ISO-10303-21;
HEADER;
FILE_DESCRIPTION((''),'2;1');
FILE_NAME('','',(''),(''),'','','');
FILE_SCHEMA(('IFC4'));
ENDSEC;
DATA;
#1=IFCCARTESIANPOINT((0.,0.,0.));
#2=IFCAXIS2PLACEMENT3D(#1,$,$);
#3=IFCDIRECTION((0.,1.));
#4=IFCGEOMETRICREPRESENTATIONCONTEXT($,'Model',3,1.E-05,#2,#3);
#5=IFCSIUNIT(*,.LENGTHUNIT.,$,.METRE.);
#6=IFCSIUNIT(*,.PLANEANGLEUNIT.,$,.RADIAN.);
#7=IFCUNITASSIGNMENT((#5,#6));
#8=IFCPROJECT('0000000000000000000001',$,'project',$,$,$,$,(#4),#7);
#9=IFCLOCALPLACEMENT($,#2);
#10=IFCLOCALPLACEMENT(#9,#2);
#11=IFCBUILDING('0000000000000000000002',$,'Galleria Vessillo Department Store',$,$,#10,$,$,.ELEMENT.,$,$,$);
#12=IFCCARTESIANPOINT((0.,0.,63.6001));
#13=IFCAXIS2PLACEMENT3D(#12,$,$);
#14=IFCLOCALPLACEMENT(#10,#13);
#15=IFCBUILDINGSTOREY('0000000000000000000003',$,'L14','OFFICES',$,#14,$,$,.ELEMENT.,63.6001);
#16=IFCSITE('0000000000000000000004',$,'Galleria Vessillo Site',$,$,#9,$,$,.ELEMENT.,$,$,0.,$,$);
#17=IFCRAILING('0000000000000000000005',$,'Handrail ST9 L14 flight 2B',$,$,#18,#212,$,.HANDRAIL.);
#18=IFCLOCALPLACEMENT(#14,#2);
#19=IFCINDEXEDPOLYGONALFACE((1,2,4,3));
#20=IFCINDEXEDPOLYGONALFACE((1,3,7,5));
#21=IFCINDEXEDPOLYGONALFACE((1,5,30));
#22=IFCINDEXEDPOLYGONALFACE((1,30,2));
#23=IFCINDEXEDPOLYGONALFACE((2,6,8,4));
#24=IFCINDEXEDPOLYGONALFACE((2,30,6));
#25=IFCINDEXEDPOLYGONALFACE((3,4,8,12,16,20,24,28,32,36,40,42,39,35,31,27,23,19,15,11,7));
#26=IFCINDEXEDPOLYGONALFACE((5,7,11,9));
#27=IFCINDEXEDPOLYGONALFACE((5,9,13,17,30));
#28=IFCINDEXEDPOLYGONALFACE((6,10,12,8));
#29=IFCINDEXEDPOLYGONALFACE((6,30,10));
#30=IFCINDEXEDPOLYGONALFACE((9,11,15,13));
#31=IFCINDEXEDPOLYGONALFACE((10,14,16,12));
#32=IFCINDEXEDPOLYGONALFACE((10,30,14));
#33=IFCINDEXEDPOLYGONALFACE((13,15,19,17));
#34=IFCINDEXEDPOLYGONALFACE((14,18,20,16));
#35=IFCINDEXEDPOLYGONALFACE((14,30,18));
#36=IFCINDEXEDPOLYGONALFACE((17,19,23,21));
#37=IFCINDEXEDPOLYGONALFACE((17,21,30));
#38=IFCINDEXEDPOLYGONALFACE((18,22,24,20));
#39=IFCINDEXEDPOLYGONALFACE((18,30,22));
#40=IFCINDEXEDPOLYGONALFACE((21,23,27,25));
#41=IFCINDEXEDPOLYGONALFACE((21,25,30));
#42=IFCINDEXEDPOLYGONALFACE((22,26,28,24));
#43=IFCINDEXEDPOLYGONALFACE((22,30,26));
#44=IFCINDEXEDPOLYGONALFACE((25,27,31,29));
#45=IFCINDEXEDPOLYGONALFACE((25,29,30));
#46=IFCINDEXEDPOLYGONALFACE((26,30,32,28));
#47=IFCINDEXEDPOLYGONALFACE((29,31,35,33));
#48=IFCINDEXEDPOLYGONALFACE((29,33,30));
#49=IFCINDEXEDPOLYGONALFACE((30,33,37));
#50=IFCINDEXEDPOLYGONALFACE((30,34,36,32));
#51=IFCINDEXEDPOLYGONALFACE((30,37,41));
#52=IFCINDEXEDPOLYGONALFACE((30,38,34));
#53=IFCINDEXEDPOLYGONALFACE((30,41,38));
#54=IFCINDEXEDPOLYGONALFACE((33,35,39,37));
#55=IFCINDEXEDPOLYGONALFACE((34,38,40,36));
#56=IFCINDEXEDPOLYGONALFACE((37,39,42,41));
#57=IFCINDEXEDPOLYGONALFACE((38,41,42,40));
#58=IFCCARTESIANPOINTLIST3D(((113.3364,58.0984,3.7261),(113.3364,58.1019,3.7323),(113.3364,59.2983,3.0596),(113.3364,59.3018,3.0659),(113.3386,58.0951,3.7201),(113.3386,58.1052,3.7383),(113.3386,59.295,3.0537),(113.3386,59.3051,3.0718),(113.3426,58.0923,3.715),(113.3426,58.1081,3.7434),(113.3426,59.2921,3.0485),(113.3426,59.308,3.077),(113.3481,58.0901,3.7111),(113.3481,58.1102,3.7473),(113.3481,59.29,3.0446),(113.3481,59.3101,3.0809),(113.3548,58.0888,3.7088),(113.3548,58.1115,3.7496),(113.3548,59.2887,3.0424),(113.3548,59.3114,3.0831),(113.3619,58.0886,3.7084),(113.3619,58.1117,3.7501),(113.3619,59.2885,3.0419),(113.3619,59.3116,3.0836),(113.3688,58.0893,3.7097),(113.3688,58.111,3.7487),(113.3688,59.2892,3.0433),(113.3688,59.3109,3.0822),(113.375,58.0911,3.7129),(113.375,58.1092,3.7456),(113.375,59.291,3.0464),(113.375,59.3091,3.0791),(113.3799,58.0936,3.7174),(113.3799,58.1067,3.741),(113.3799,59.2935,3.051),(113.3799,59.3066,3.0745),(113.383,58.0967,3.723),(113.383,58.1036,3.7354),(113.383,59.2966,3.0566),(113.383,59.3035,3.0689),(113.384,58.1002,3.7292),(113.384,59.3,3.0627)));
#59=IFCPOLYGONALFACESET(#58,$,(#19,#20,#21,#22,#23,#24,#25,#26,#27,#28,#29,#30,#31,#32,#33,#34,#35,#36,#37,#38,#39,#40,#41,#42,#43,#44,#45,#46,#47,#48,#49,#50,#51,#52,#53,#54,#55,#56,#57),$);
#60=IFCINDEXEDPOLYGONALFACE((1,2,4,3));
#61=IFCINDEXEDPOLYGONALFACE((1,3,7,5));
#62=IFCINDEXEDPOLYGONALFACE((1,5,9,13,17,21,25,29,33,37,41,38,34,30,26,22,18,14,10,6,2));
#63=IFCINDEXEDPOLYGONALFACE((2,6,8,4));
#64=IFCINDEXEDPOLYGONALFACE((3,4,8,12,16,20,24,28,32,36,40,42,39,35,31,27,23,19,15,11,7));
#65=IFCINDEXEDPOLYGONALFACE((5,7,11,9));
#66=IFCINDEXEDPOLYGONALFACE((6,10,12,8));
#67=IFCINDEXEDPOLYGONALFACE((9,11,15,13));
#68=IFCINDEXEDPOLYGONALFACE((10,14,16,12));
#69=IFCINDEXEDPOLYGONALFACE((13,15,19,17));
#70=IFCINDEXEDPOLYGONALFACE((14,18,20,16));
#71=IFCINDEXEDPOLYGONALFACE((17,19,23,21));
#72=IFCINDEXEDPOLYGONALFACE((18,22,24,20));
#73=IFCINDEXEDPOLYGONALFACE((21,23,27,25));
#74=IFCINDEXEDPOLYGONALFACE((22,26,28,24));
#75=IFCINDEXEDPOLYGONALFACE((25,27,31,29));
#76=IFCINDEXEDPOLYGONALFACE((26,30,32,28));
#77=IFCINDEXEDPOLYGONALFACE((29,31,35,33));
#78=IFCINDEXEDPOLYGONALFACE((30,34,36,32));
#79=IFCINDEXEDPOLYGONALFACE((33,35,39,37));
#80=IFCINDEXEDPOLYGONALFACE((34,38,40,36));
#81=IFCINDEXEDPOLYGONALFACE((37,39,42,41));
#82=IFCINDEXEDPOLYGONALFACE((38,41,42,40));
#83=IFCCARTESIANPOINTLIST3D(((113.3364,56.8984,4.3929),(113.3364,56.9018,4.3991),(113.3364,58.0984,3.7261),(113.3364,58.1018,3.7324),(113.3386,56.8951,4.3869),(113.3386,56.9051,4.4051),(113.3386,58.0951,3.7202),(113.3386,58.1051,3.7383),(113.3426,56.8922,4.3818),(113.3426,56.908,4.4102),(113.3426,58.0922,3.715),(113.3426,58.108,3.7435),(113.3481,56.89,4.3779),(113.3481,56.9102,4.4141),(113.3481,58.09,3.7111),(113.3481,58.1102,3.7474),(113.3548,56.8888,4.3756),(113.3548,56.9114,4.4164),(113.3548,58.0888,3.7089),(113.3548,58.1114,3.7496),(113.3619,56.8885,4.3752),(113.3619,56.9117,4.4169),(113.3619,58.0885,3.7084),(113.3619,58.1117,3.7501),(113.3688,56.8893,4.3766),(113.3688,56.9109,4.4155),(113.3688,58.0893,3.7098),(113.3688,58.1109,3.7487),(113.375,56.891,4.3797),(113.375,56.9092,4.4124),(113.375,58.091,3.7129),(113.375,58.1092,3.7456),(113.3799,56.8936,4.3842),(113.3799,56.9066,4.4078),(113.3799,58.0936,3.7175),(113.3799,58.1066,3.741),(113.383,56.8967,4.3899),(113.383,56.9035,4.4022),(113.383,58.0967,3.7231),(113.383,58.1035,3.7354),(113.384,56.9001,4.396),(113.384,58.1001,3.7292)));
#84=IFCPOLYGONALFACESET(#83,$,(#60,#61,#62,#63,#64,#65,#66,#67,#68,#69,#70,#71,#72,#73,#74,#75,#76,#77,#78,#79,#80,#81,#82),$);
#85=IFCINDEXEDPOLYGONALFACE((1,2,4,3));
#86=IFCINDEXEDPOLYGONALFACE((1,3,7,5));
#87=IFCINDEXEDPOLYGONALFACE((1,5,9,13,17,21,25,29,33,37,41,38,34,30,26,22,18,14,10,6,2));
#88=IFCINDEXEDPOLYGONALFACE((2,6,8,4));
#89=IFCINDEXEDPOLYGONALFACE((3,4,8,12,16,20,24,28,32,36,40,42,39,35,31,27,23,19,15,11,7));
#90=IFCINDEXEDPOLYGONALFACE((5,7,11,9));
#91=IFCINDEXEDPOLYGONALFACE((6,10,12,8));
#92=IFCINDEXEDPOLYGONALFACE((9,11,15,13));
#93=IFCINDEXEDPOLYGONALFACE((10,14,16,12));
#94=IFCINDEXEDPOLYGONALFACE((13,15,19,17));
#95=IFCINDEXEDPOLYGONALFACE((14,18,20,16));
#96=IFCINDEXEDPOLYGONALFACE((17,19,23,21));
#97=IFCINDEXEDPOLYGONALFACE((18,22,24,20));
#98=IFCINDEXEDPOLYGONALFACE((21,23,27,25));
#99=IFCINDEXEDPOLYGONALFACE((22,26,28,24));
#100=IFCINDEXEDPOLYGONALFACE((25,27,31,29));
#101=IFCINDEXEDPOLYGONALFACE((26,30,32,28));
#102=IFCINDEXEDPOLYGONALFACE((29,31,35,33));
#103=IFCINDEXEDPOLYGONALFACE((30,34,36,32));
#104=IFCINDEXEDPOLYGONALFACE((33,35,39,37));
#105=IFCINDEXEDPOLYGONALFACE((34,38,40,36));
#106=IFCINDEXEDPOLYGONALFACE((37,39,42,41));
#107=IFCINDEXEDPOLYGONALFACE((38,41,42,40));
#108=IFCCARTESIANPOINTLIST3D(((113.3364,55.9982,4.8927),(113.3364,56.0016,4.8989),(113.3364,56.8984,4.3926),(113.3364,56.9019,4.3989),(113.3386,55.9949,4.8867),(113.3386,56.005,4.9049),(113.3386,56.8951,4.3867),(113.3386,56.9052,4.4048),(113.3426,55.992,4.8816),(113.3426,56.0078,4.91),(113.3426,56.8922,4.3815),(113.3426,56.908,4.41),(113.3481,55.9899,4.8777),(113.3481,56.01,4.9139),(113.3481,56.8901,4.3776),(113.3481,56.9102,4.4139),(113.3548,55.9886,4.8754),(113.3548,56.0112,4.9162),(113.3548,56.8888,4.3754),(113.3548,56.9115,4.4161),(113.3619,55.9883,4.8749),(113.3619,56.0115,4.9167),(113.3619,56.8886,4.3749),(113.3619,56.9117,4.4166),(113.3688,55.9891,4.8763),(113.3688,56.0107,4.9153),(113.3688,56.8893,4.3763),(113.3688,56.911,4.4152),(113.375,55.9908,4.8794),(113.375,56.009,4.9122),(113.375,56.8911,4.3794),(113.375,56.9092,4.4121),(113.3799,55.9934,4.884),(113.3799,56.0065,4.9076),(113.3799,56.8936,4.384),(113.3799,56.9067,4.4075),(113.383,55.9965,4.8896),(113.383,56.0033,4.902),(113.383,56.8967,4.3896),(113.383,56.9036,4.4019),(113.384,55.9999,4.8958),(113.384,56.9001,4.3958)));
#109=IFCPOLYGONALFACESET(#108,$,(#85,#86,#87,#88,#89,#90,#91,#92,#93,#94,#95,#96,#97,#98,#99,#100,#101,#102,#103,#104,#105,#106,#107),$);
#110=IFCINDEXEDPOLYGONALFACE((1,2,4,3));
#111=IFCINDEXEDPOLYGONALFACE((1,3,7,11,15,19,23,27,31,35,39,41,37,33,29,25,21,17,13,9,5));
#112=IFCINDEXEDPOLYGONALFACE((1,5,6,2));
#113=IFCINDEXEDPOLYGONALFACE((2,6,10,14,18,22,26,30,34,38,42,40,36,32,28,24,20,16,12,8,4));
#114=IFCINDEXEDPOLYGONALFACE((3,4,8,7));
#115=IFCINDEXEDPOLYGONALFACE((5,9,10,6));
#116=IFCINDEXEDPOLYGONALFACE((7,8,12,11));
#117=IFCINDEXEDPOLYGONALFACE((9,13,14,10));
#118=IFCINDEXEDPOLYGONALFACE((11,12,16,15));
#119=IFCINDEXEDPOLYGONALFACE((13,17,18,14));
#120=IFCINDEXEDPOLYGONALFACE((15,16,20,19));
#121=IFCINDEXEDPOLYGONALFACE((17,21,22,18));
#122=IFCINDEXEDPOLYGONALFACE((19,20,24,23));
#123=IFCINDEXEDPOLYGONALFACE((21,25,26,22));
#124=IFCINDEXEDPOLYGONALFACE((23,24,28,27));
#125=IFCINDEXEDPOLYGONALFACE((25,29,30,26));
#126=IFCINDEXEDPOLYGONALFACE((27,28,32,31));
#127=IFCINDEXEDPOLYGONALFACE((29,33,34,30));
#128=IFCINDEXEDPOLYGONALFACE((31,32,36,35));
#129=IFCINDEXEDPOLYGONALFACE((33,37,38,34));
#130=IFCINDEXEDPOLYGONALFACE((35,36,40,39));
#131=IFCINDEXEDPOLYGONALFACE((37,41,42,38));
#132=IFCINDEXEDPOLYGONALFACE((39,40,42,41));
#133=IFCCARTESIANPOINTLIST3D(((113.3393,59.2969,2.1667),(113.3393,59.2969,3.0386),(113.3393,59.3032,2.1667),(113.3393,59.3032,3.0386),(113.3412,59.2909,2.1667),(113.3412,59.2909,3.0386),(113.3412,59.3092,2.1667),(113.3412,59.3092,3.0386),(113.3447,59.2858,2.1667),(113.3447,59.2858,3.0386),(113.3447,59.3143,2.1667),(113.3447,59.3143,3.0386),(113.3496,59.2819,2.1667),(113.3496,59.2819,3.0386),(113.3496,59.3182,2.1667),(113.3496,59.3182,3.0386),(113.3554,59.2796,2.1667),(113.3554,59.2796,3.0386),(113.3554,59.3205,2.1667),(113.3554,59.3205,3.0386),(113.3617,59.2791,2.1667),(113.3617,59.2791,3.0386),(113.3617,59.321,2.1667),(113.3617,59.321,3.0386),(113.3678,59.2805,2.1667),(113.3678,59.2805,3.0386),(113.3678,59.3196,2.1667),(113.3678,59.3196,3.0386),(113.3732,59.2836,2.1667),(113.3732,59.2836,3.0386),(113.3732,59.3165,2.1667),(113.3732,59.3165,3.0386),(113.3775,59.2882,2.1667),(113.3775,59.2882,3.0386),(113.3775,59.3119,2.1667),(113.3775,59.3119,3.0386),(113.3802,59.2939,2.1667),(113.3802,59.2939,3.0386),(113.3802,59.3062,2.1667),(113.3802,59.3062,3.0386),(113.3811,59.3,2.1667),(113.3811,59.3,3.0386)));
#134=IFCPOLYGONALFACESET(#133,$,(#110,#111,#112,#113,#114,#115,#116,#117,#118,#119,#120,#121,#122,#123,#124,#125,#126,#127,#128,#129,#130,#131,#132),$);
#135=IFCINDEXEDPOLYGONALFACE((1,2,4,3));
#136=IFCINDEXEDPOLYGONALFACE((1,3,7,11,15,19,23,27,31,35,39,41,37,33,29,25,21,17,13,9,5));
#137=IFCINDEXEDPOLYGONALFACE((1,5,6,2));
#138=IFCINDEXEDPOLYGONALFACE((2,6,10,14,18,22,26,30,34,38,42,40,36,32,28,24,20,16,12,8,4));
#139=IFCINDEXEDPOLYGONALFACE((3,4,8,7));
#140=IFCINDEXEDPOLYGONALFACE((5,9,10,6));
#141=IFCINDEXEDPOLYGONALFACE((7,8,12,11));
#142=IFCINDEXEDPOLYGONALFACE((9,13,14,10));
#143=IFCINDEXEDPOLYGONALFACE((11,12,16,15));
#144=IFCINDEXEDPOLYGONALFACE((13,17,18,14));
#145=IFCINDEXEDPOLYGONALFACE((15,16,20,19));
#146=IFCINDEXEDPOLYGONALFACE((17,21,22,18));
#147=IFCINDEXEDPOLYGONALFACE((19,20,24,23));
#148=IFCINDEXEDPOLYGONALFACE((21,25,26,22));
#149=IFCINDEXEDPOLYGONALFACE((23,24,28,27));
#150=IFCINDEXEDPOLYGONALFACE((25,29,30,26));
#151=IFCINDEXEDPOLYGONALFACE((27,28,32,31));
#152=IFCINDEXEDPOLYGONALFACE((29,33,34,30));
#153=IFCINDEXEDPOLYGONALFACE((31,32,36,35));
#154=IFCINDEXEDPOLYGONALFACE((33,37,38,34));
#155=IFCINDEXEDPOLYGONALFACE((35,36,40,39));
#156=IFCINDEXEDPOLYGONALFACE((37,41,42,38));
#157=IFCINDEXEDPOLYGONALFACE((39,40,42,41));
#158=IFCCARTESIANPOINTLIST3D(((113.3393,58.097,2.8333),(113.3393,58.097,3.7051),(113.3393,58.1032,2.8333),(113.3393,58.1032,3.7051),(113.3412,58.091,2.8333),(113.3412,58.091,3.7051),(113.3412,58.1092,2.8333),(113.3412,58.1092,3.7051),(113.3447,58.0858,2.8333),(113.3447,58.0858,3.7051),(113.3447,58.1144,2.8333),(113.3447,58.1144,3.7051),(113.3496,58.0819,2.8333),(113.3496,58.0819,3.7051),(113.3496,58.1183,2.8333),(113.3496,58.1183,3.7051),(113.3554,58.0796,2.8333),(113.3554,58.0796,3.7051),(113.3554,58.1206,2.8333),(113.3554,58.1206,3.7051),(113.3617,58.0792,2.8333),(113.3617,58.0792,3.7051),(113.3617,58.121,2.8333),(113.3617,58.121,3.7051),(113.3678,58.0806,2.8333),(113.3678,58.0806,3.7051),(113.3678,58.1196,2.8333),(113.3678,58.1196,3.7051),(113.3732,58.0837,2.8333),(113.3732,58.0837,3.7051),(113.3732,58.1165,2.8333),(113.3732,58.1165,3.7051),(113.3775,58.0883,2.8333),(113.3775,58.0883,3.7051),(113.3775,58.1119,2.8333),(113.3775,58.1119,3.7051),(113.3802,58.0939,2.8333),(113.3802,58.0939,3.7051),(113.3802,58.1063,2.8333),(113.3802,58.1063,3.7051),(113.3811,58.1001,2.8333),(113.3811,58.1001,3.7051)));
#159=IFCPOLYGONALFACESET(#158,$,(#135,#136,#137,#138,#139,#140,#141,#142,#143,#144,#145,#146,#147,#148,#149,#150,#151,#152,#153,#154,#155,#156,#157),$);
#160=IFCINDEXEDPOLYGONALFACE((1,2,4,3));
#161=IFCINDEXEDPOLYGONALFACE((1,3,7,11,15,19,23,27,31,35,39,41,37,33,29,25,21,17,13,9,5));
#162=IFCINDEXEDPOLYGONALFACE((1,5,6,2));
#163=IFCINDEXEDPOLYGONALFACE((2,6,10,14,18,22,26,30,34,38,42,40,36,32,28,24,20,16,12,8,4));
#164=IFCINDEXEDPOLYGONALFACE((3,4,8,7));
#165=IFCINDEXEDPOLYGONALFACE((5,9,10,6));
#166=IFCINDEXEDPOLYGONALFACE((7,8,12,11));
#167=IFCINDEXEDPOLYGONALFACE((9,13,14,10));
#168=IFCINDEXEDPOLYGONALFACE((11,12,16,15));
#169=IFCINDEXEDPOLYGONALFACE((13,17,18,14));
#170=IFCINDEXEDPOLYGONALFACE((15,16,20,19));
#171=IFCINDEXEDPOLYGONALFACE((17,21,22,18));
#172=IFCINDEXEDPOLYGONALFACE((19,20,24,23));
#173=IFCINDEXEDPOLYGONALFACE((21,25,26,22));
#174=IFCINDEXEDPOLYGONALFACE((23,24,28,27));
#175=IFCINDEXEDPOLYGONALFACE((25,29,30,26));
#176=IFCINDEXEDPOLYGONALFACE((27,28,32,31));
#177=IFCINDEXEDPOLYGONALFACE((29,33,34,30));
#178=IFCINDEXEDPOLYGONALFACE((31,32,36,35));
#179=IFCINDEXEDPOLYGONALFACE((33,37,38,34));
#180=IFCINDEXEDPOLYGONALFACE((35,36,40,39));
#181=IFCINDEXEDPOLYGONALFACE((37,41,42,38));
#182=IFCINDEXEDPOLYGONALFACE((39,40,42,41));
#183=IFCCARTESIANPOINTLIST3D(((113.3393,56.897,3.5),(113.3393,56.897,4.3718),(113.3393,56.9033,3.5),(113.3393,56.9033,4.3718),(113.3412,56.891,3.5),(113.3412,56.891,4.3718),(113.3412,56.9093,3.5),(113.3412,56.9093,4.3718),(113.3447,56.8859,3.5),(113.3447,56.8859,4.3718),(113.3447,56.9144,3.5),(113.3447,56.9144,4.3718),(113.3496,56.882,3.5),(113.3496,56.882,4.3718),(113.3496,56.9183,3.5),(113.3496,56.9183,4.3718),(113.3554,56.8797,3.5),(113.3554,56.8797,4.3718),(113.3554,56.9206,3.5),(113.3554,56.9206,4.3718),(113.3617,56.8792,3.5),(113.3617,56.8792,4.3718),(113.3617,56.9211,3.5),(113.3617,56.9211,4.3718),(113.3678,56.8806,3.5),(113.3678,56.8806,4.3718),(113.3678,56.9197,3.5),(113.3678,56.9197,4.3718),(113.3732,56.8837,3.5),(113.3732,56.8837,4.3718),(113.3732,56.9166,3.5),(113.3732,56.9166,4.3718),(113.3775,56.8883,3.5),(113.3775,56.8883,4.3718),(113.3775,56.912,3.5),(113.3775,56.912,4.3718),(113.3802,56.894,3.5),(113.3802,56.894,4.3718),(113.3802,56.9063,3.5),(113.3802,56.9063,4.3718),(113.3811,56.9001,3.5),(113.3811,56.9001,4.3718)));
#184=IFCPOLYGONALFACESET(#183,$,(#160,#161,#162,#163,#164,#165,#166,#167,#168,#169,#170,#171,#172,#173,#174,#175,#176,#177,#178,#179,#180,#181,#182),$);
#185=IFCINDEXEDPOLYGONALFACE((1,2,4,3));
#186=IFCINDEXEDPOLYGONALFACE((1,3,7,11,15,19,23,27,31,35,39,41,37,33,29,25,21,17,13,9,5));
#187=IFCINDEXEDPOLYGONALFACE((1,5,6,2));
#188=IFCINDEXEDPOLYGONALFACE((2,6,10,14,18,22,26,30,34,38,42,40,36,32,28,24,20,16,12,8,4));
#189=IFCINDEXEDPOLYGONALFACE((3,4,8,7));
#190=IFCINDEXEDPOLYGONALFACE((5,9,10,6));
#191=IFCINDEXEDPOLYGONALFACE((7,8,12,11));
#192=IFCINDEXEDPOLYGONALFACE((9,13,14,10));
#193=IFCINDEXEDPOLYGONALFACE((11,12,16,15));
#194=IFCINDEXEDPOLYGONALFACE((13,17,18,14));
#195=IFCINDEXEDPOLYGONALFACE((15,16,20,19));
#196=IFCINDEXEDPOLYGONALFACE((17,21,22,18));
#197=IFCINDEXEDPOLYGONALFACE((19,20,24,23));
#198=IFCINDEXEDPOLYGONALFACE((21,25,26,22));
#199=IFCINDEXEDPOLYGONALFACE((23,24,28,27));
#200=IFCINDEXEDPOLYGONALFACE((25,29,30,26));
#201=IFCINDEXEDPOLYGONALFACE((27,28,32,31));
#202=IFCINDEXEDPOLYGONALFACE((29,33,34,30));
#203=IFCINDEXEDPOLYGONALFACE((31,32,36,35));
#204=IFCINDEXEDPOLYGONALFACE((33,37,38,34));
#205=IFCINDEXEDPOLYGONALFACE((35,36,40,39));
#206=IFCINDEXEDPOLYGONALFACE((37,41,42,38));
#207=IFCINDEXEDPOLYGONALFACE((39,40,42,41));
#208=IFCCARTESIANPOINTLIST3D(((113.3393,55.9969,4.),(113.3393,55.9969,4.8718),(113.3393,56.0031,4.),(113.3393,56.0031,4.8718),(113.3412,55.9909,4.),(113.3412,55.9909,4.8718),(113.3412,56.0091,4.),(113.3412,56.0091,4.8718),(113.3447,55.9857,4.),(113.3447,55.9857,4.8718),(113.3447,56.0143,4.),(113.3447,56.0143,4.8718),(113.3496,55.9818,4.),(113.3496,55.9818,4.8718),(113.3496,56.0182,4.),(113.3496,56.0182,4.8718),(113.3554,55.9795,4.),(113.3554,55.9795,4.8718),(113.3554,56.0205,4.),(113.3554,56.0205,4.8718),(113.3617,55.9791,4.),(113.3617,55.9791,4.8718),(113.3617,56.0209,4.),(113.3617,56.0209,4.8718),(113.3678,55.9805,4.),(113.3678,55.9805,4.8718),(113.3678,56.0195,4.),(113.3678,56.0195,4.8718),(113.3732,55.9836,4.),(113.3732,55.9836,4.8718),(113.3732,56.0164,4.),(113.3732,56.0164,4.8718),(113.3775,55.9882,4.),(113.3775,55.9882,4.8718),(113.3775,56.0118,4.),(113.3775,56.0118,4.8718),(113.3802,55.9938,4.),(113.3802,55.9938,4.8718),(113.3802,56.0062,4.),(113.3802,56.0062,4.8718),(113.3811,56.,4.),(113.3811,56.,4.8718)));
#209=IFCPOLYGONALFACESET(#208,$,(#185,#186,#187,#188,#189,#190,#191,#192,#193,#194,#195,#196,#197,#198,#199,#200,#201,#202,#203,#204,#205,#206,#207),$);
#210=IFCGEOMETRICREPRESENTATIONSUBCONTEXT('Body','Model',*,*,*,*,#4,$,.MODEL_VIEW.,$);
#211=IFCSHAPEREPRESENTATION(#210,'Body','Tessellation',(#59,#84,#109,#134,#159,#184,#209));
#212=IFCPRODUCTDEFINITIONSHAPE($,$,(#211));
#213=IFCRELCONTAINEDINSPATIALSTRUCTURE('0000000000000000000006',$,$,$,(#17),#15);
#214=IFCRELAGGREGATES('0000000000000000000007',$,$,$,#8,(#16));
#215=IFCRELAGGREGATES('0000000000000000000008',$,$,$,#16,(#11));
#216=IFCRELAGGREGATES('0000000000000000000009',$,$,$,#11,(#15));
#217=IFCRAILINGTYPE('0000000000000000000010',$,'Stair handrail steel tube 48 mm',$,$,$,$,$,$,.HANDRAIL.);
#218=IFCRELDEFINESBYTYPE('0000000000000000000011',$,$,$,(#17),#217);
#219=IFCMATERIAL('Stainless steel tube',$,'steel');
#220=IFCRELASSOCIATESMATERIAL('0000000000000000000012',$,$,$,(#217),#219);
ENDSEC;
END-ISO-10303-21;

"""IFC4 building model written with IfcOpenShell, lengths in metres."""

from ifc_helpers import new_model, si_unit, direction, frame, origin, origin_2d, place, context, subcontext, project, spatial, circle, extrude, material, type_object, element, save


model = new_model("IFC4")

# Units and contexts
model_context = context("Model", 3, precision=1e-05, world=origin(), true_north=direction((0.0, 1.0)))
body_context = subcontext(model_context, "Body", "Model", "MODEL_VIEW")
ifc_project = project(units=[si_unit("LENGTHUNIT", "METRE"), si_unit("PLANEANGLEUNIT", "RADIAN")], contexts=[model_context])

# Site, building, storey
site_placement = place(None, origin())
site = spatial("IfcSite", under=ifc_project, at=site_placement, Name="Galleria Vessillo Site", CompositionType="ELEMENT", RefElevation=0.0)
building_placement = place(site_placement, origin())
building = spatial("IfcBuilding", under=site, at=building_placement, Name="Galleria Vessillo Department Store", CompositionType="ELEMENT")
storey_placement = place(building_placement, frame((0.0, 0.0, 63.6001)))
storey = spatial("IfcBuildingStorey", under=building, at=storey_placement, Name="L14", Description="OFFICES", CompositionType="ELEMENT", Elevation=63.6001)

# Railing
ifc_material_1 = material(Name="Stainless steel tube", Category="steel")
railing_type = type_object("IfcRailingType", Name="Stair handrail steel tube 48 mm", PredefinedType="HANDRAIL", material=ifc_material_1)
for number, where, name in (
    (1, (113.3601, 59.3, 2.1667), "Handrail ST9 L14 flight 2B"),
):
    element("IfcRailing", number, at=place(storey_placement, frame(where)), inside=storey, type_object=railing_type, Name=name, PredefinedType="HANDRAIL", context=body_context, shape_type="SweptSolid", body=[
        extrude(circle(Radius=0.0239, at=origin_2d()), frame((0.0, 0.0, 0.896), z_axis=(0.0, -0.874199, 0.485567), x_axis=(1.0, 0.0, 0.0)), (0.0, 0.0, 1.0), 1.3726),
        extrude(circle(Radius=0.0239, at=origin_2d()), frame((0.0, -1.2, 1.5625), z_axis=(0.0, -0.874124, 0.485703), x_axis=(1.0, 0.0, 0.0)), (0.0, 0.0, 1.0), 1.3728),
        extrude(circle(Radius=0.0239, at=origin_2d()), frame((0.0, -2.3999, 2.229), z_axis=(0.0, -0.874191, 0.485583), x_axis=(1.0, 0.0, 0.0)), (0.0, 0.0, 1.0), 1.0298),
        extrude(circle(Radius=0.021, at=origin_2d()), origin(), (0.0, 0.0, 1.0), 0.8718),
        extrude(circle(Radius=0.021, at=origin_2d()), frame((0.0, -1.2, 0.6665)), (0.0, 0.0, 1.0), 0.8718),
        extrude(circle(Radius=0.021, at=origin_2d()), frame((0.0, -2.3999, 1.3333)), (0.0, 0.0, 1.0), 0.8718),
        extrude(circle(Radius=0.021, at=origin_2d()), frame((0.0, -3.3, 1.8333)), (0.0, 0.0, 1.0), 0.8718),
    ])

save(model, "model.ifc")
